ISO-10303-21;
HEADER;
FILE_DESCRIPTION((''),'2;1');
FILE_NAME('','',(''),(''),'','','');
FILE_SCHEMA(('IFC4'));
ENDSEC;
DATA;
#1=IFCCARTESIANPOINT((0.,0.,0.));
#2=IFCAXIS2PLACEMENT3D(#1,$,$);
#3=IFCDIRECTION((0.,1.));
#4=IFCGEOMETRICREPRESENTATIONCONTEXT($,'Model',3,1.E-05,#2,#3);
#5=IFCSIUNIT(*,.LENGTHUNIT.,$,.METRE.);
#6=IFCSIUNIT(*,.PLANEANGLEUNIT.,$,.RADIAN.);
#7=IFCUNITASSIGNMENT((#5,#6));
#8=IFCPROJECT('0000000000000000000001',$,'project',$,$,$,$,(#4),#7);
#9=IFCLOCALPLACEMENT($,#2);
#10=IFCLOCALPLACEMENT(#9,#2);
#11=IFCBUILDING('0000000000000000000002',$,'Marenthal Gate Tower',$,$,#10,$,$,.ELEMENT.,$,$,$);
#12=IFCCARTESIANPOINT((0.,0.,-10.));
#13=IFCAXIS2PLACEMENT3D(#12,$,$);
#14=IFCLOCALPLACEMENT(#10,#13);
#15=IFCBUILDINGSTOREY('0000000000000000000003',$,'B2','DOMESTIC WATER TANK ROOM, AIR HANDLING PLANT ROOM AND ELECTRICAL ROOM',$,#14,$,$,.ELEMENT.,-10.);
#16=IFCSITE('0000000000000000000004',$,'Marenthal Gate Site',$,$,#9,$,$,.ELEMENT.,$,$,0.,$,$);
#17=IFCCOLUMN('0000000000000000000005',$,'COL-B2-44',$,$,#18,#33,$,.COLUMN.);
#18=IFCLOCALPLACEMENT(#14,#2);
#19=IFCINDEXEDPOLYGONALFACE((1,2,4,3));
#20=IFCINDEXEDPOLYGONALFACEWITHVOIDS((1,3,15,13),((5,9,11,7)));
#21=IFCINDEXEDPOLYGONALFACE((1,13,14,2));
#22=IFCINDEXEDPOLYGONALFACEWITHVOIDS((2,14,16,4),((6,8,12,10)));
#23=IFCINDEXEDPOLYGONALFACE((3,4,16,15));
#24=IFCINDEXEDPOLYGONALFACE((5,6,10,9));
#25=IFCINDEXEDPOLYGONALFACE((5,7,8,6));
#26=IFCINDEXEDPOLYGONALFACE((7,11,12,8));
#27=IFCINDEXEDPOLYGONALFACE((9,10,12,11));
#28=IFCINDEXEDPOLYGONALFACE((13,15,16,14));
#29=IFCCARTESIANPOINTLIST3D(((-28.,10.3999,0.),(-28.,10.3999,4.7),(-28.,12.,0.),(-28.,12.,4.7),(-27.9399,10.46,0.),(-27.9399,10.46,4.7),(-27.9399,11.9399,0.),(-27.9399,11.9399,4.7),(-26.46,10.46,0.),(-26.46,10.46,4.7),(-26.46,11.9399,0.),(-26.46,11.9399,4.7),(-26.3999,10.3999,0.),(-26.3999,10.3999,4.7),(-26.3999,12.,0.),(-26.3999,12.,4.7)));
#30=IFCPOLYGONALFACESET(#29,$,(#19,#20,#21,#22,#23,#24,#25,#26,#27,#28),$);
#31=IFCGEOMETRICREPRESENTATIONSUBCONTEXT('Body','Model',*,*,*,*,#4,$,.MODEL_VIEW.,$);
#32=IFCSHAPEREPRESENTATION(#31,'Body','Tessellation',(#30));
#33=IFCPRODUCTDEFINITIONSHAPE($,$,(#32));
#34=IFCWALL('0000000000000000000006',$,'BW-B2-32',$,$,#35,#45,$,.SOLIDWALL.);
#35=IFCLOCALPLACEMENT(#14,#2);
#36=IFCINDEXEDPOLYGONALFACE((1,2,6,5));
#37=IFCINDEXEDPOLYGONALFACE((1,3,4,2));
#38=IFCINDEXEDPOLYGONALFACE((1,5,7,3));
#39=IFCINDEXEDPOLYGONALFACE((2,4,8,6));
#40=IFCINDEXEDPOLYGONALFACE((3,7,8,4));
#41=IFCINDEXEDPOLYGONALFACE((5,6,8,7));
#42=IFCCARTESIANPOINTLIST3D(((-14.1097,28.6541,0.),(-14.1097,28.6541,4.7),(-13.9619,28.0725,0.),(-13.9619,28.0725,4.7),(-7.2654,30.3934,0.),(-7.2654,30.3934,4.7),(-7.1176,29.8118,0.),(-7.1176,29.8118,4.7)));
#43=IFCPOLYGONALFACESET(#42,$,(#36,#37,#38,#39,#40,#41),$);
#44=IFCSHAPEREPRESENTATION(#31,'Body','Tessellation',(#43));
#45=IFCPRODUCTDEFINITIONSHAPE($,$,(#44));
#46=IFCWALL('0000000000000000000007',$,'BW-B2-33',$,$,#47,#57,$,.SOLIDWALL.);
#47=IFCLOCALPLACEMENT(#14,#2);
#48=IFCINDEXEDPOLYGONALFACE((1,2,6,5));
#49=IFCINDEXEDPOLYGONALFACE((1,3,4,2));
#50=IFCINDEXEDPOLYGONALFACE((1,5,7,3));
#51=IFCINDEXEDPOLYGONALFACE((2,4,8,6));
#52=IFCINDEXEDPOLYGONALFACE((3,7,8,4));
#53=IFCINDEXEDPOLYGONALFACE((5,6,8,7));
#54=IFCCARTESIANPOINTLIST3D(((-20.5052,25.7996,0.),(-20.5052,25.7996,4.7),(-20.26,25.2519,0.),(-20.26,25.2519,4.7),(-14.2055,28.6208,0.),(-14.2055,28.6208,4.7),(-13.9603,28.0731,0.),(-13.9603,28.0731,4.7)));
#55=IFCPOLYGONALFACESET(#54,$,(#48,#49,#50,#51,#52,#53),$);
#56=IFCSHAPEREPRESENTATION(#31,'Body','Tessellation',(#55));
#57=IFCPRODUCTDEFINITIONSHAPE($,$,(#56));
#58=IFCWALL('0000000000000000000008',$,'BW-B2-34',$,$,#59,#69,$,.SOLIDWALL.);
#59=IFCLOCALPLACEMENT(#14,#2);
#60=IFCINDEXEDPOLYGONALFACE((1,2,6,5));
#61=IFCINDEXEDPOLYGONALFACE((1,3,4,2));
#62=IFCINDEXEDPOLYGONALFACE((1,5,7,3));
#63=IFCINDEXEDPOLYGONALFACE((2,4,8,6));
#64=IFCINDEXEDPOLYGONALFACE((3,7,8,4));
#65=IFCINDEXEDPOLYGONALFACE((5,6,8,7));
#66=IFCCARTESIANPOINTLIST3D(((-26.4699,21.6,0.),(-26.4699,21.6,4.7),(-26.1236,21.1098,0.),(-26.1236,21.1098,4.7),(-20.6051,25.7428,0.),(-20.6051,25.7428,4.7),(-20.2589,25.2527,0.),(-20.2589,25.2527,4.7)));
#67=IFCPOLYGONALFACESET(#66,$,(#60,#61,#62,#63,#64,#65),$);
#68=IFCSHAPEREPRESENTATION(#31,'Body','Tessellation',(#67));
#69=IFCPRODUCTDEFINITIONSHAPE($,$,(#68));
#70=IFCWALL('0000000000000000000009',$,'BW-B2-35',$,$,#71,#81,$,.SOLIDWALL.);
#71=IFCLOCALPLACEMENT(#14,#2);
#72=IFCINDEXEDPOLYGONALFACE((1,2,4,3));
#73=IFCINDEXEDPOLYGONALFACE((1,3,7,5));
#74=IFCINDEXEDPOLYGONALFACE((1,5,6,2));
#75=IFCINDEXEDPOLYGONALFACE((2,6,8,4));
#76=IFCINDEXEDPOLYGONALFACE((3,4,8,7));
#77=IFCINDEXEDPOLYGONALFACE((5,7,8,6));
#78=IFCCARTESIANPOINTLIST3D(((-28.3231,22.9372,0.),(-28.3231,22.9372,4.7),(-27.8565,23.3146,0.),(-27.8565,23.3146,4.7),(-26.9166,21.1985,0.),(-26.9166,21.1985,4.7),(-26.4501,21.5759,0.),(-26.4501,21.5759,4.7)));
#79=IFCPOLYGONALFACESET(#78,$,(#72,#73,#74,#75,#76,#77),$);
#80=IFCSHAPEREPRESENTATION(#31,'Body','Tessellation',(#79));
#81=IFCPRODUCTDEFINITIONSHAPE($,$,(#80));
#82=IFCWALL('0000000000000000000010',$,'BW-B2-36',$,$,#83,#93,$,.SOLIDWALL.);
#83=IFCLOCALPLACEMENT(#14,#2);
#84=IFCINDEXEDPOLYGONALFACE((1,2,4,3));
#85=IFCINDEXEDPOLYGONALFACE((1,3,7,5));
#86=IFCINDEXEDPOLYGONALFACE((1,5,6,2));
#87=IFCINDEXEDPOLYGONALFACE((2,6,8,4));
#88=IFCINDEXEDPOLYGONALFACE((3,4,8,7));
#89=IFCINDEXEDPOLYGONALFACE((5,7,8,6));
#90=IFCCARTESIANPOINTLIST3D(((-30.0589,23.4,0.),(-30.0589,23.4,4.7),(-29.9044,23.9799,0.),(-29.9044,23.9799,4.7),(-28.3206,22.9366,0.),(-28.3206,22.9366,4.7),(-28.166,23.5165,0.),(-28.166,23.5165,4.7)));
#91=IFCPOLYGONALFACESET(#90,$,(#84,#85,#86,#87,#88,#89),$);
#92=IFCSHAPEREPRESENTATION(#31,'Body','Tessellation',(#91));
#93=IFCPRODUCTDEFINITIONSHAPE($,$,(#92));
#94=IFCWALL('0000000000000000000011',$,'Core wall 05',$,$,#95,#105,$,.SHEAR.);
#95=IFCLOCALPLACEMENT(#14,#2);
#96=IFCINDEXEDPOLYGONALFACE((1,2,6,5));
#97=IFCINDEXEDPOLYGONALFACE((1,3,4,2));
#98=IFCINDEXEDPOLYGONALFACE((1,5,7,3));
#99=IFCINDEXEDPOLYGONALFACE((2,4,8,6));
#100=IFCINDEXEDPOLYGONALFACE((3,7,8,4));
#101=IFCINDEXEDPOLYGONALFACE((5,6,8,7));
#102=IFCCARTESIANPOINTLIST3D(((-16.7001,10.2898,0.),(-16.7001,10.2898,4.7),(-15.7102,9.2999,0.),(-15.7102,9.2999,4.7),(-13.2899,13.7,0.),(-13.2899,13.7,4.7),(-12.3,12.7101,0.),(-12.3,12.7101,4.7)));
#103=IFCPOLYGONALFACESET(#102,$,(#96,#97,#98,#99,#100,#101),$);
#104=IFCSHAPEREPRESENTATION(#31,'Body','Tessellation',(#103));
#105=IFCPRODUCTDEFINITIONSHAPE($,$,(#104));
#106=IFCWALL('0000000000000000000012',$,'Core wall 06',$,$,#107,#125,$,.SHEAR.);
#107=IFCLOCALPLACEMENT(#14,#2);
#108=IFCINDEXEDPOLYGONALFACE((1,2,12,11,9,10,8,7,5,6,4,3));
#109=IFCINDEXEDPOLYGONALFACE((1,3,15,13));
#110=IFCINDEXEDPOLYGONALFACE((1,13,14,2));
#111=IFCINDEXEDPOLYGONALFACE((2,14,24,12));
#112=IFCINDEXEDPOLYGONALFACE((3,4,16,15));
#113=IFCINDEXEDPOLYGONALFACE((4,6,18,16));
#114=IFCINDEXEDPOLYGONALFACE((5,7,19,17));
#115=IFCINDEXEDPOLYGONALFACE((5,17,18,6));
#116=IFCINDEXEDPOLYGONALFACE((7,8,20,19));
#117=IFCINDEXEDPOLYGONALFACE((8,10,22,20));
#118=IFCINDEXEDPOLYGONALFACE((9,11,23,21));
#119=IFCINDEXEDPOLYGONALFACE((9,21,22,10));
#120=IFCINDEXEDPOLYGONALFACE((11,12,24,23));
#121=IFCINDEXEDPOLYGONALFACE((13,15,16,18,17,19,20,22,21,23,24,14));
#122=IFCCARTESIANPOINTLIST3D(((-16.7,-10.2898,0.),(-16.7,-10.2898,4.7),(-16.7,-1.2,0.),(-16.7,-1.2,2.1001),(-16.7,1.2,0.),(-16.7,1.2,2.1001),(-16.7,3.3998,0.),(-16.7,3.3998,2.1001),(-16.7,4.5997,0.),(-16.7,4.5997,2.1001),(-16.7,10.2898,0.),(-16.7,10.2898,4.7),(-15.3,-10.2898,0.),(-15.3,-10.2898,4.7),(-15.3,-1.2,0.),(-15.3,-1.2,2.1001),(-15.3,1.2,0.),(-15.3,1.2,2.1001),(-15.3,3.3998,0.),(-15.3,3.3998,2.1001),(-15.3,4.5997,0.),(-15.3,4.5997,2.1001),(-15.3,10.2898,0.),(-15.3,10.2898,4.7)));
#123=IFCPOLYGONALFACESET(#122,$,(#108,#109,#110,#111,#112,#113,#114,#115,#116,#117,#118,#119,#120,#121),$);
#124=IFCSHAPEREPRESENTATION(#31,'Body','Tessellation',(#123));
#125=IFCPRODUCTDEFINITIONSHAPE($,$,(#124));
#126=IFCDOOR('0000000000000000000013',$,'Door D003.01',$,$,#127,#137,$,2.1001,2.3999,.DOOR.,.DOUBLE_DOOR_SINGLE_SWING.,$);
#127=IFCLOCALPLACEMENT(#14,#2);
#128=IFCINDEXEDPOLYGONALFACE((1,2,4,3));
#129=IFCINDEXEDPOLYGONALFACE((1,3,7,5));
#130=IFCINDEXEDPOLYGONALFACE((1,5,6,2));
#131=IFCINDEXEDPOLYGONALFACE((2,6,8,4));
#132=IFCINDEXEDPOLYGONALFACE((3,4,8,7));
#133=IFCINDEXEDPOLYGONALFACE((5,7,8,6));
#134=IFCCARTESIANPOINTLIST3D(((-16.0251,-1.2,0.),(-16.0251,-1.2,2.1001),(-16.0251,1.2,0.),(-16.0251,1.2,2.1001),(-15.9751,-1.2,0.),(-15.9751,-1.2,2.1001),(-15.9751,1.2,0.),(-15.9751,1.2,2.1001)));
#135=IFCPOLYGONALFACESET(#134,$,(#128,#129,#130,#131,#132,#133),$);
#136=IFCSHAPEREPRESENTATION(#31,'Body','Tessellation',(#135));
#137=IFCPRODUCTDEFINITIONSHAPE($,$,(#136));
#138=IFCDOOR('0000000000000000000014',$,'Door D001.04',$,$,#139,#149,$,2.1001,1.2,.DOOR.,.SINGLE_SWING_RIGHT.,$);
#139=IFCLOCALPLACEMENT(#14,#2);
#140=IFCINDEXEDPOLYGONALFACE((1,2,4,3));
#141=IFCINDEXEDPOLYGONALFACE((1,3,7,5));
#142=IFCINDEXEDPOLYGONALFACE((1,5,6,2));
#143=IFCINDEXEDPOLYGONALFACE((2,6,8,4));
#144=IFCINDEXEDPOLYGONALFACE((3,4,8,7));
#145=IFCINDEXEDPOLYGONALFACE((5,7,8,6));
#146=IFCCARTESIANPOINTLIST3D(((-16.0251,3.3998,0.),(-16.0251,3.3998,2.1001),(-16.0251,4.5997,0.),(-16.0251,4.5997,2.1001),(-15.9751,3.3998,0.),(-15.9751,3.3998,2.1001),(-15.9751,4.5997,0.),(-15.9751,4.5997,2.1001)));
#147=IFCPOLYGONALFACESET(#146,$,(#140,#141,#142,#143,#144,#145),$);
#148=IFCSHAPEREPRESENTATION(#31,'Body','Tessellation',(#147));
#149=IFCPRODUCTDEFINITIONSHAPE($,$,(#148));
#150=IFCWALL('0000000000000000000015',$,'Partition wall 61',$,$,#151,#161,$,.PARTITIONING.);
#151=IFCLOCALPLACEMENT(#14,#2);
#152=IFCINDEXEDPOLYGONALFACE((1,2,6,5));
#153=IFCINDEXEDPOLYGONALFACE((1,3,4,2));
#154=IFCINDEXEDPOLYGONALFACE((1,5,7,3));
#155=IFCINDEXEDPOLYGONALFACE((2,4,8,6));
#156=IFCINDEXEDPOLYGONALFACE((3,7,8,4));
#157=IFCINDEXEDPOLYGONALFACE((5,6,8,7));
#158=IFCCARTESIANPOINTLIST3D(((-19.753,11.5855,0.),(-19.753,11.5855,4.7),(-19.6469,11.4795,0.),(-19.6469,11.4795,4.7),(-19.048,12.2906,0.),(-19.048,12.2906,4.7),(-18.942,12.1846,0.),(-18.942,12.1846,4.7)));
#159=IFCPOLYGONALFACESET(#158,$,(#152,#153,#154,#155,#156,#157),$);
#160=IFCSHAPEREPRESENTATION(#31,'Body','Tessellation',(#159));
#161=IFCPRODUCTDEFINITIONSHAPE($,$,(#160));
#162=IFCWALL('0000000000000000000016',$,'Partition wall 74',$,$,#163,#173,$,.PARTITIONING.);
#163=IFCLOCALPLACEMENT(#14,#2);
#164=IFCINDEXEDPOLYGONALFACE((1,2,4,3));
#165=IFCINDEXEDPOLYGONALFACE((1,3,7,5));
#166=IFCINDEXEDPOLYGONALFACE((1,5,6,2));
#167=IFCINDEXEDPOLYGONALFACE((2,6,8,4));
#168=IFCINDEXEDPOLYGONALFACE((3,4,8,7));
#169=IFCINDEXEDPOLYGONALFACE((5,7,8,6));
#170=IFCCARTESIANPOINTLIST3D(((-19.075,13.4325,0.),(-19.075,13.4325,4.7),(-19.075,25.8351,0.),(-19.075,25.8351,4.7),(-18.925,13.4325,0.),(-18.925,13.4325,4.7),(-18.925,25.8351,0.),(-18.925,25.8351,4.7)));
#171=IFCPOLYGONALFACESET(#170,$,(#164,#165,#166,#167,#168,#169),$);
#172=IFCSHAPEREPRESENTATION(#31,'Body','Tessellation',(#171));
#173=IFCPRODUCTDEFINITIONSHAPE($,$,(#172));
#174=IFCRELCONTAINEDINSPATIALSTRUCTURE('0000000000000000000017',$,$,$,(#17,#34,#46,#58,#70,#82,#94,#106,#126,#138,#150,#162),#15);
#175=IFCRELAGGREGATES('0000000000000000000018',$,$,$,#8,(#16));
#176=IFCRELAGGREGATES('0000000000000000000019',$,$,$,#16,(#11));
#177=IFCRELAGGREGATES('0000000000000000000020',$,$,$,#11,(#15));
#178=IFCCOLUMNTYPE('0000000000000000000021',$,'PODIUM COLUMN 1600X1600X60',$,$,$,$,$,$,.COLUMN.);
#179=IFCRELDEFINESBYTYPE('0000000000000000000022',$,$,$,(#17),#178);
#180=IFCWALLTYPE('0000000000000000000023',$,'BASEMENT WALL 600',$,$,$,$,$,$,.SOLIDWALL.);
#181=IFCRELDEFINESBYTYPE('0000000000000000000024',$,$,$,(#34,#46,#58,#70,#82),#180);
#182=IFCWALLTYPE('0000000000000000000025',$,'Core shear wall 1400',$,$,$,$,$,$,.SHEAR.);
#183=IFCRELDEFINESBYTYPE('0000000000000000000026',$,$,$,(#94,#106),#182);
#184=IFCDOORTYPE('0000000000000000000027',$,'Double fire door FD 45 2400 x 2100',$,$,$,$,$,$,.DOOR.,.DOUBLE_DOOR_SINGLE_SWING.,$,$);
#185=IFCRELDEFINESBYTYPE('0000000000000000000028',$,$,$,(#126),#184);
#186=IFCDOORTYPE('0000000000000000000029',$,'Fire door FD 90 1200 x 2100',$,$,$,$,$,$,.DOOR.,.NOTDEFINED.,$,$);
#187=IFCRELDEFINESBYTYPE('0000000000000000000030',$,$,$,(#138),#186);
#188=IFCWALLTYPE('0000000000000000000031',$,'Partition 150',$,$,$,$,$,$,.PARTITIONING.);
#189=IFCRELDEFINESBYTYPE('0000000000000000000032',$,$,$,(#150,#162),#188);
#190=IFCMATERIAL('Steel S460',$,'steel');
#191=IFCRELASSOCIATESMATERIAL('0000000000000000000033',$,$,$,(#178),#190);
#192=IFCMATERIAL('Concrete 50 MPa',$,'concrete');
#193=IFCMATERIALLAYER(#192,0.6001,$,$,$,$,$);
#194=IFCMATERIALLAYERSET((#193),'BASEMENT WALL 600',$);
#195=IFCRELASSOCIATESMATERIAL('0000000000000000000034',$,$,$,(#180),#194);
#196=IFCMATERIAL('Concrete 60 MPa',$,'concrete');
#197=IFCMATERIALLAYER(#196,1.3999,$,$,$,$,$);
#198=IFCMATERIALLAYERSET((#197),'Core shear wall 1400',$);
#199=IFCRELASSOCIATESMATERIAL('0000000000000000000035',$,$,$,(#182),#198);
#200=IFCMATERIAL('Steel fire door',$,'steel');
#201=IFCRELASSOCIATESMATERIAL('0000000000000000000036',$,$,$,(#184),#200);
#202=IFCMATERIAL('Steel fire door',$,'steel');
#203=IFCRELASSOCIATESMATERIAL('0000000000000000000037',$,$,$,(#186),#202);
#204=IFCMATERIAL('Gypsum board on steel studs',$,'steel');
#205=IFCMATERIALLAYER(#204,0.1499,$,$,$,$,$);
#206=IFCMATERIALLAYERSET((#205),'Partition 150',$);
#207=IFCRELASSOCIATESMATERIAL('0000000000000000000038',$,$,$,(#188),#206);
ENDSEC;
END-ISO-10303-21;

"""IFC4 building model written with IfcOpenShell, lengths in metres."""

from ifc_helpers import new_model, si_unit, direction, frame, frame_2d, origin, origin_2d, place, context, subcontext, project, spatial, rectangle, hollow_rectangle, extrude, material, layer, layer_set, material_profile, profile_set, type_object, element, fill, save


model = new_model("IFC4")

# Units and contexts
model_context = context("Model", 3, precision=1e-05, world=origin(), true_north=direction((0.0, 1.0)))
body_context = subcontext(model_context, "Body", "Model", "MODEL_VIEW")
ifc_project = project(units=[si_unit("LENGTHUNIT", "METRE"), si_unit("PLANEANGLEUNIT", "RADIAN")], contexts=[model_context])

# Site, building, storey
site_placement = place(None, origin())
site = spatial("IfcSite", under=ifc_project, at=site_placement, Name="Marenthal Gate Site", CompositionType="ELEMENT", RefElevation=0.0)
building_placement = place(site_placement, origin())
building = spatial("IfcBuilding", under=site, at=building_placement, Name="Marenthal Gate Tower", CompositionType="ELEMENT")
storey_placement = place(building_placement, frame((0.0, 0.0, -10.0)))
storey = spatial("IfcBuildingStorey", under=building, at=storey_placement, Name="B2", Description="DOMESTIC WATER TANK ROOM, AIR HANDLING PLANT ROOM AND ELECTRICAL ROOM", CompositionType="ELEMENT", Elevation=-10.0)

# Column
ifc_material_1 = material(Name="Steel S460", Category="steel")
ifc_material_profile_1 = material_profile(ifc_material_1, hollow_rectangle(XDim=1.6001, YDim=1.6001, WallThickness=0.0601, at=origin_2d()), Name="CFT BOX 1600X1600X60")
ifc_material_2 = material(Name="Concrete 70 MPa", Category="concrete")
ifc_material_profile_2 = material_profile(ifc_material_2, rectangle(XDim=1.48, YDim=1.48, at=origin_2d()), Name="CFT BOX 1600X1600X60 INFILL")
ifc_profile_set_1 = profile_set([ifc_material_profile_1, ifc_material_profile_2], Name="Steel S460 shell, Concrete 70 MPa infill")
column_type_1 = type_object("IfcColumnType", Name="PODIUM COLUMN 1600X1600X60", PredefinedType="COLUMN", material=ifc_profile_set_1)
column_1_placement = place(storey_placement, frame((-27.2, 11.2, 0.0), z_axis=(0.0, 0.0, 1.0), x_axis=(1.0, 0.0, 0.0)))
element("IfcColumn", 1, at=column_1_placement, inside=storey, type_object=column_type_1, Name="COL-B2-44", PredefinedType="COLUMN", context=body_context, shape_type="SweptSolid", body=[
    extrude(hollow_rectangle(XDim=1.6001, YDim=1.6001, WallThickness=0.0601, at=origin_2d()), origin(), (0.0, 0.0, 1.0), 4.7),
])

# Walls
ifc_material_3 = material(Name="Concrete 50 MPa", Category="concrete")
ifc_layer_1 = layer(ifc_material_3, 0.6001)
ifc_layer_set_1 = layer_set([ifc_layer_1], Name="BASEMENT WALL 600")
wall_type_1 = type_object("IfcWallType", Name="BASEMENT WALL 600", PredefinedType="SOLIDWALL", material=ifc_layer_set_1)
wall_1_placement = place(storey_placement, frame((-7.1917, 30.1025, 0.0), z_axis=(0.0, 0.0, 1.0), x_axis=(-0.969196, -0.246292, 0.0)))
element("IfcWall", 2, at=wall_1_placement, inside=storey, type_object=wall_type_1, Name="BW-B2-32", PredefinedType="SOLIDWALL", context=body_context, shape_type="SweptSolid", body=[
    extrude(rectangle(XDim=7.0618, YDim=0.6001, at=frame_2d((3.5308, 0.0))), origin(), (0.0, 0.0, 1.0), 4.7),
])
wall_2_placement = place(storey_placement, frame((-14.083, 28.3469, 0.0), z_axis=(0.0, 0.0, 1.0), x_axis=(-0.912659, -0.408723, 0.0)))
element("IfcWall", 3, at=wall_2_placement, inside=storey, type_object=wall_type_1, Name="BW-B2-33", PredefinedType="SOLIDWALL", context=body_context, shape_type="SweptSolid", body=[
    extrude(rectangle(XDim=6.9026, YDim=0.6001, at=frame_2d((3.4512, 0.0))), origin(), (0.0, 0.0, 1.0), 4.7),
])
wall_3_placement = place(storey_placement, frame((-20.4319, 25.4978, 0.0), z_axis=(0.0, 0.0, 1.0), x_axis=(-0.816771, -0.576962, 0.0)))
element("IfcWall", 4, at=wall_3_placement, inside=storey, type_object=wall_type_1, Name="BW-B2-34", PredefinedType="SOLIDWALL", context=body_context, shape_type="SweptSolid", body=[
    extrude(rectangle(XDim=7.1804, YDim=0.6001, at=frame_2d((3.5903, 0.0))), origin(), (0.0, 0.0, 1.0), 4.7),
])
wall_4_placement = place(storey_placement, frame((-26.6833, 21.3872, 0.0), z_axis=(0.0, 0.0, 1.0), x_axis=(-0.628906, 0.777481, 0.0)))
element("IfcWall", 5, at=wall_4_placement, inside=storey, type_object=wall_type_1, Name="BW-B2-35", PredefinedType="SOLIDWALL", context=body_context, shape_type="SweptSolid", body=[
    extrude(rectangle(XDim=2.2363, YDim=0.6001, at=frame_2d((1.1182, 0.0))), origin(), (0.0, 0.0, 1.0), 4.7),
])
wall_5_placement = place(storey_placement, frame((-28.2434, 23.2266, 0.0), z_axis=(0.0, 0.0, 1.0), x_axis=(-0.966257, 0.257578, 0.0)))
element("IfcWall", 6, at=wall_5_placement, inside=storey, type_object=wall_type_1, Name="BW-B2-36", PredefinedType="SOLIDWALL", context=body_context, shape_type="SweptSolid", body=[
    extrude(rectangle(XDim=1.7991, YDim=0.6001, at=frame_2d((0.8994, 0.0))), origin(), (0.0, 0.0, 1.0), 4.7),
])
ifc_material_4 = material(Name="Concrete 60 MPa", Category="concrete")
ifc_layer_2 = layer(ifc_material_4, 1.3999)
ifc_layer_set_2 = layer_set([ifc_layer_2], Name="Core shear wall 1400")
wall_type_2 = type_object("IfcWallType", Name="Core shear wall 1400", PredefinedType="SHEAR", material=ifc_layer_set_2)
wall_6_placement = place(storey_placement, frame((-12.7949, 13.2051, 0.0), z_axis=(0.0, 0.0, 1.0), x_axis=(-0.707107, -0.707107, 0.0)))
element("IfcWall", 7, at=wall_6_placement, inside=storey, type_object=wall_type_2, Name="Core wall 05", PredefinedType="SHEAR", context=body_context, shape_type="SweptSolid", body=[
    extrude(rectangle(XDim=4.8228, YDim=1.3999, at=frame_2d((2.4114, 0.0))), origin(), (0.0, 0.0, 1.0), 4.7),
])

# Wall, openings, doors
wall_7_placement = place(storey_placement, frame((-16.0, 10.2898, 0.0), z_axis=(0.0, 0.0, 1.0), x_axis=(0.0, -1.0, 0.0)))
wall_7 = element("IfcWall", 8, at=wall_7_placement, inside=storey, type_object=wall_type_2, Name="Core wall 06", PredefinedType="SHEAR", context=body_context, shape_type="SweptSolid", body=[
    extrude(rectangle(XDim=20.5796, YDim=1.3999, at=frame_2d((10.2898, 0.0))), origin(), (0.0, 0.0, 1.0), 4.7),
])
opening_1_placement = place(wall_7_placement, frame((9.0898, 0.0, 0.0)))
opening_1 = element("IfcOpeningElement", 9, at=opening_1_placement, cuts=wall_7, PredefinedType="OPENING", context=body_context, shape_type="SweptSolid", body=[
    extrude(rectangle(XDim=2.3999, YDim=2.1001, at=frame_2d((1.2, 1.05))), frame((0.0, 0.71, 0.0), z_axis=(0.0, -1.0, 0.0), x_axis=(1.0, 0.0, 0.0)), (0.0, 0.0, 1.0), 1.4199),
])
opening_2_placement = place(wall_7_placement, frame((5.6899, 0.0, 0.0)))
opening_2 = element("IfcOpeningElement", 10, at=opening_2_placement, cuts=wall_7, PredefinedType="OPENING", context=body_context, shape_type="SweptSolid", body=[
    extrude(rectangle(XDim=1.2, YDim=2.1001, at=frame_2d((0.6001, 1.05))), frame((0.0, 0.71, 0.0), z_axis=(0.0, -1.0, 0.0), x_axis=(1.0, 0.0, 0.0)), (0.0, 0.0, 1.0), 1.4199),
])
ifc_material_5 = material(Name="Steel fire door", Category="steel")
door_type_1 = type_object("IfcDoorType", Name="Double fire door FD 45 2400 x 2100", OperationType="DOUBLE_DOOR_SINGLE_SWING", PredefinedType="DOOR", material=ifc_material_5)
door_1_placement = place(opening_1_placement, origin())
door_1 = element("IfcDoor", 11, at=door_1_placement, inside=storey, type_object=door_type_1, Name="Door D003.01", OperationType="DOUBLE_DOOR_SINGLE_SWING", OverallHeight=2.1001, OverallWidth=2.3999, PredefinedType="DOOR", context=body_context, shape_type="SweptSolid", body=[
    extrude(rectangle(XDim=2.3999, YDim=2.1001, at=frame_2d((1.2, 1.05))), frame((0.0, 0.0249, 0.0), z_axis=(0.0, -1.0, 0.0), x_axis=(1.0, 0.0, 0.0)), (0.0, 0.0, 1.0), 0.05),
])
fill(opening_1, door_1)
ifc_material_6 = material(Name="Steel fire door", Category="steel")
door_type_2 = type_object("IfcDoorType", Name="Fire door FD 90 1200 x 2100", OperationType="NOTDEFINED", PredefinedType="DOOR", material=ifc_material_6)
door_2_placement = place(opening_2_placement, origin())
door_2 = element("IfcDoor", 12, at=door_2_placement, inside=storey, type_object=door_type_2, Name="Door D001.04", OperationType="SINGLE_SWING_RIGHT", OverallHeight=2.1001, OverallWidth=1.2, PredefinedType="DOOR", context=body_context, shape_type="SweptSolid", body=[
    extrude(rectangle(XDim=1.2, YDim=2.1001, at=frame_2d((0.6001, 1.05))), frame((0.0, 0.0249, 0.0), z_axis=(0.0, -1.0, 0.0), x_axis=(1.0, 0.0, 0.0)), (0.0, 0.0, 1.0), 0.05),
])
fill(opening_2, door_2)

# Walls
ifc_material_7 = material(Name="Gypsum board on steel studs", Category="steel")
ifc_layer_3 = layer(ifc_material_7, 0.1499)
ifc_layer_set_3 = layer_set([ifc_layer_3], Name="Partition 150")
wall_type_3 = type_object("IfcWallType", Name="Partition 150", PredefinedType="PARTITIONING", material=ifc_layer_set_3)
wall_8_placement = place(storey_placement, frame((-19.7, 11.5325, 0.0), z_axis=(0.0, 0.0, 1.0), x_axis=(0.706984, 0.707229, 0.0)))
element("IfcWall", 13, at=wall_8_placement, inside=storey, type_object=wall_type_3, Name="Partition wall 61", PredefinedType="PARTITIONING", context=body_context, shape_type="SweptSolid", body=[
    extrude(rectangle(XDim=0.9971, YDim=0.1499, at=frame_2d((0.4985, 0.0))), origin(), (0.0, 0.0, 1.0), 4.7),
])
wall_9_placement = place(storey_placement, frame((-19.0, 13.4326, 0.0), z_axis=(0.0, 0.0, 1.0), x_axis=(0.0, 1.0, 0.0)))
element("IfcWall", 14, at=wall_9_placement, inside=storey, type_object=wall_type_3, Name="Partition wall 74", PredefinedType="PARTITIONING", context=body_context, shape_type="SweptSolid", body=[
    extrude(rectangle(XDim=12.4026, YDim=0.1499, at=frame_2d((6.2012, 0.0))), origin(), (0.0, 0.0, 1.0), 4.7),
])

save(model, "model.ifc")
